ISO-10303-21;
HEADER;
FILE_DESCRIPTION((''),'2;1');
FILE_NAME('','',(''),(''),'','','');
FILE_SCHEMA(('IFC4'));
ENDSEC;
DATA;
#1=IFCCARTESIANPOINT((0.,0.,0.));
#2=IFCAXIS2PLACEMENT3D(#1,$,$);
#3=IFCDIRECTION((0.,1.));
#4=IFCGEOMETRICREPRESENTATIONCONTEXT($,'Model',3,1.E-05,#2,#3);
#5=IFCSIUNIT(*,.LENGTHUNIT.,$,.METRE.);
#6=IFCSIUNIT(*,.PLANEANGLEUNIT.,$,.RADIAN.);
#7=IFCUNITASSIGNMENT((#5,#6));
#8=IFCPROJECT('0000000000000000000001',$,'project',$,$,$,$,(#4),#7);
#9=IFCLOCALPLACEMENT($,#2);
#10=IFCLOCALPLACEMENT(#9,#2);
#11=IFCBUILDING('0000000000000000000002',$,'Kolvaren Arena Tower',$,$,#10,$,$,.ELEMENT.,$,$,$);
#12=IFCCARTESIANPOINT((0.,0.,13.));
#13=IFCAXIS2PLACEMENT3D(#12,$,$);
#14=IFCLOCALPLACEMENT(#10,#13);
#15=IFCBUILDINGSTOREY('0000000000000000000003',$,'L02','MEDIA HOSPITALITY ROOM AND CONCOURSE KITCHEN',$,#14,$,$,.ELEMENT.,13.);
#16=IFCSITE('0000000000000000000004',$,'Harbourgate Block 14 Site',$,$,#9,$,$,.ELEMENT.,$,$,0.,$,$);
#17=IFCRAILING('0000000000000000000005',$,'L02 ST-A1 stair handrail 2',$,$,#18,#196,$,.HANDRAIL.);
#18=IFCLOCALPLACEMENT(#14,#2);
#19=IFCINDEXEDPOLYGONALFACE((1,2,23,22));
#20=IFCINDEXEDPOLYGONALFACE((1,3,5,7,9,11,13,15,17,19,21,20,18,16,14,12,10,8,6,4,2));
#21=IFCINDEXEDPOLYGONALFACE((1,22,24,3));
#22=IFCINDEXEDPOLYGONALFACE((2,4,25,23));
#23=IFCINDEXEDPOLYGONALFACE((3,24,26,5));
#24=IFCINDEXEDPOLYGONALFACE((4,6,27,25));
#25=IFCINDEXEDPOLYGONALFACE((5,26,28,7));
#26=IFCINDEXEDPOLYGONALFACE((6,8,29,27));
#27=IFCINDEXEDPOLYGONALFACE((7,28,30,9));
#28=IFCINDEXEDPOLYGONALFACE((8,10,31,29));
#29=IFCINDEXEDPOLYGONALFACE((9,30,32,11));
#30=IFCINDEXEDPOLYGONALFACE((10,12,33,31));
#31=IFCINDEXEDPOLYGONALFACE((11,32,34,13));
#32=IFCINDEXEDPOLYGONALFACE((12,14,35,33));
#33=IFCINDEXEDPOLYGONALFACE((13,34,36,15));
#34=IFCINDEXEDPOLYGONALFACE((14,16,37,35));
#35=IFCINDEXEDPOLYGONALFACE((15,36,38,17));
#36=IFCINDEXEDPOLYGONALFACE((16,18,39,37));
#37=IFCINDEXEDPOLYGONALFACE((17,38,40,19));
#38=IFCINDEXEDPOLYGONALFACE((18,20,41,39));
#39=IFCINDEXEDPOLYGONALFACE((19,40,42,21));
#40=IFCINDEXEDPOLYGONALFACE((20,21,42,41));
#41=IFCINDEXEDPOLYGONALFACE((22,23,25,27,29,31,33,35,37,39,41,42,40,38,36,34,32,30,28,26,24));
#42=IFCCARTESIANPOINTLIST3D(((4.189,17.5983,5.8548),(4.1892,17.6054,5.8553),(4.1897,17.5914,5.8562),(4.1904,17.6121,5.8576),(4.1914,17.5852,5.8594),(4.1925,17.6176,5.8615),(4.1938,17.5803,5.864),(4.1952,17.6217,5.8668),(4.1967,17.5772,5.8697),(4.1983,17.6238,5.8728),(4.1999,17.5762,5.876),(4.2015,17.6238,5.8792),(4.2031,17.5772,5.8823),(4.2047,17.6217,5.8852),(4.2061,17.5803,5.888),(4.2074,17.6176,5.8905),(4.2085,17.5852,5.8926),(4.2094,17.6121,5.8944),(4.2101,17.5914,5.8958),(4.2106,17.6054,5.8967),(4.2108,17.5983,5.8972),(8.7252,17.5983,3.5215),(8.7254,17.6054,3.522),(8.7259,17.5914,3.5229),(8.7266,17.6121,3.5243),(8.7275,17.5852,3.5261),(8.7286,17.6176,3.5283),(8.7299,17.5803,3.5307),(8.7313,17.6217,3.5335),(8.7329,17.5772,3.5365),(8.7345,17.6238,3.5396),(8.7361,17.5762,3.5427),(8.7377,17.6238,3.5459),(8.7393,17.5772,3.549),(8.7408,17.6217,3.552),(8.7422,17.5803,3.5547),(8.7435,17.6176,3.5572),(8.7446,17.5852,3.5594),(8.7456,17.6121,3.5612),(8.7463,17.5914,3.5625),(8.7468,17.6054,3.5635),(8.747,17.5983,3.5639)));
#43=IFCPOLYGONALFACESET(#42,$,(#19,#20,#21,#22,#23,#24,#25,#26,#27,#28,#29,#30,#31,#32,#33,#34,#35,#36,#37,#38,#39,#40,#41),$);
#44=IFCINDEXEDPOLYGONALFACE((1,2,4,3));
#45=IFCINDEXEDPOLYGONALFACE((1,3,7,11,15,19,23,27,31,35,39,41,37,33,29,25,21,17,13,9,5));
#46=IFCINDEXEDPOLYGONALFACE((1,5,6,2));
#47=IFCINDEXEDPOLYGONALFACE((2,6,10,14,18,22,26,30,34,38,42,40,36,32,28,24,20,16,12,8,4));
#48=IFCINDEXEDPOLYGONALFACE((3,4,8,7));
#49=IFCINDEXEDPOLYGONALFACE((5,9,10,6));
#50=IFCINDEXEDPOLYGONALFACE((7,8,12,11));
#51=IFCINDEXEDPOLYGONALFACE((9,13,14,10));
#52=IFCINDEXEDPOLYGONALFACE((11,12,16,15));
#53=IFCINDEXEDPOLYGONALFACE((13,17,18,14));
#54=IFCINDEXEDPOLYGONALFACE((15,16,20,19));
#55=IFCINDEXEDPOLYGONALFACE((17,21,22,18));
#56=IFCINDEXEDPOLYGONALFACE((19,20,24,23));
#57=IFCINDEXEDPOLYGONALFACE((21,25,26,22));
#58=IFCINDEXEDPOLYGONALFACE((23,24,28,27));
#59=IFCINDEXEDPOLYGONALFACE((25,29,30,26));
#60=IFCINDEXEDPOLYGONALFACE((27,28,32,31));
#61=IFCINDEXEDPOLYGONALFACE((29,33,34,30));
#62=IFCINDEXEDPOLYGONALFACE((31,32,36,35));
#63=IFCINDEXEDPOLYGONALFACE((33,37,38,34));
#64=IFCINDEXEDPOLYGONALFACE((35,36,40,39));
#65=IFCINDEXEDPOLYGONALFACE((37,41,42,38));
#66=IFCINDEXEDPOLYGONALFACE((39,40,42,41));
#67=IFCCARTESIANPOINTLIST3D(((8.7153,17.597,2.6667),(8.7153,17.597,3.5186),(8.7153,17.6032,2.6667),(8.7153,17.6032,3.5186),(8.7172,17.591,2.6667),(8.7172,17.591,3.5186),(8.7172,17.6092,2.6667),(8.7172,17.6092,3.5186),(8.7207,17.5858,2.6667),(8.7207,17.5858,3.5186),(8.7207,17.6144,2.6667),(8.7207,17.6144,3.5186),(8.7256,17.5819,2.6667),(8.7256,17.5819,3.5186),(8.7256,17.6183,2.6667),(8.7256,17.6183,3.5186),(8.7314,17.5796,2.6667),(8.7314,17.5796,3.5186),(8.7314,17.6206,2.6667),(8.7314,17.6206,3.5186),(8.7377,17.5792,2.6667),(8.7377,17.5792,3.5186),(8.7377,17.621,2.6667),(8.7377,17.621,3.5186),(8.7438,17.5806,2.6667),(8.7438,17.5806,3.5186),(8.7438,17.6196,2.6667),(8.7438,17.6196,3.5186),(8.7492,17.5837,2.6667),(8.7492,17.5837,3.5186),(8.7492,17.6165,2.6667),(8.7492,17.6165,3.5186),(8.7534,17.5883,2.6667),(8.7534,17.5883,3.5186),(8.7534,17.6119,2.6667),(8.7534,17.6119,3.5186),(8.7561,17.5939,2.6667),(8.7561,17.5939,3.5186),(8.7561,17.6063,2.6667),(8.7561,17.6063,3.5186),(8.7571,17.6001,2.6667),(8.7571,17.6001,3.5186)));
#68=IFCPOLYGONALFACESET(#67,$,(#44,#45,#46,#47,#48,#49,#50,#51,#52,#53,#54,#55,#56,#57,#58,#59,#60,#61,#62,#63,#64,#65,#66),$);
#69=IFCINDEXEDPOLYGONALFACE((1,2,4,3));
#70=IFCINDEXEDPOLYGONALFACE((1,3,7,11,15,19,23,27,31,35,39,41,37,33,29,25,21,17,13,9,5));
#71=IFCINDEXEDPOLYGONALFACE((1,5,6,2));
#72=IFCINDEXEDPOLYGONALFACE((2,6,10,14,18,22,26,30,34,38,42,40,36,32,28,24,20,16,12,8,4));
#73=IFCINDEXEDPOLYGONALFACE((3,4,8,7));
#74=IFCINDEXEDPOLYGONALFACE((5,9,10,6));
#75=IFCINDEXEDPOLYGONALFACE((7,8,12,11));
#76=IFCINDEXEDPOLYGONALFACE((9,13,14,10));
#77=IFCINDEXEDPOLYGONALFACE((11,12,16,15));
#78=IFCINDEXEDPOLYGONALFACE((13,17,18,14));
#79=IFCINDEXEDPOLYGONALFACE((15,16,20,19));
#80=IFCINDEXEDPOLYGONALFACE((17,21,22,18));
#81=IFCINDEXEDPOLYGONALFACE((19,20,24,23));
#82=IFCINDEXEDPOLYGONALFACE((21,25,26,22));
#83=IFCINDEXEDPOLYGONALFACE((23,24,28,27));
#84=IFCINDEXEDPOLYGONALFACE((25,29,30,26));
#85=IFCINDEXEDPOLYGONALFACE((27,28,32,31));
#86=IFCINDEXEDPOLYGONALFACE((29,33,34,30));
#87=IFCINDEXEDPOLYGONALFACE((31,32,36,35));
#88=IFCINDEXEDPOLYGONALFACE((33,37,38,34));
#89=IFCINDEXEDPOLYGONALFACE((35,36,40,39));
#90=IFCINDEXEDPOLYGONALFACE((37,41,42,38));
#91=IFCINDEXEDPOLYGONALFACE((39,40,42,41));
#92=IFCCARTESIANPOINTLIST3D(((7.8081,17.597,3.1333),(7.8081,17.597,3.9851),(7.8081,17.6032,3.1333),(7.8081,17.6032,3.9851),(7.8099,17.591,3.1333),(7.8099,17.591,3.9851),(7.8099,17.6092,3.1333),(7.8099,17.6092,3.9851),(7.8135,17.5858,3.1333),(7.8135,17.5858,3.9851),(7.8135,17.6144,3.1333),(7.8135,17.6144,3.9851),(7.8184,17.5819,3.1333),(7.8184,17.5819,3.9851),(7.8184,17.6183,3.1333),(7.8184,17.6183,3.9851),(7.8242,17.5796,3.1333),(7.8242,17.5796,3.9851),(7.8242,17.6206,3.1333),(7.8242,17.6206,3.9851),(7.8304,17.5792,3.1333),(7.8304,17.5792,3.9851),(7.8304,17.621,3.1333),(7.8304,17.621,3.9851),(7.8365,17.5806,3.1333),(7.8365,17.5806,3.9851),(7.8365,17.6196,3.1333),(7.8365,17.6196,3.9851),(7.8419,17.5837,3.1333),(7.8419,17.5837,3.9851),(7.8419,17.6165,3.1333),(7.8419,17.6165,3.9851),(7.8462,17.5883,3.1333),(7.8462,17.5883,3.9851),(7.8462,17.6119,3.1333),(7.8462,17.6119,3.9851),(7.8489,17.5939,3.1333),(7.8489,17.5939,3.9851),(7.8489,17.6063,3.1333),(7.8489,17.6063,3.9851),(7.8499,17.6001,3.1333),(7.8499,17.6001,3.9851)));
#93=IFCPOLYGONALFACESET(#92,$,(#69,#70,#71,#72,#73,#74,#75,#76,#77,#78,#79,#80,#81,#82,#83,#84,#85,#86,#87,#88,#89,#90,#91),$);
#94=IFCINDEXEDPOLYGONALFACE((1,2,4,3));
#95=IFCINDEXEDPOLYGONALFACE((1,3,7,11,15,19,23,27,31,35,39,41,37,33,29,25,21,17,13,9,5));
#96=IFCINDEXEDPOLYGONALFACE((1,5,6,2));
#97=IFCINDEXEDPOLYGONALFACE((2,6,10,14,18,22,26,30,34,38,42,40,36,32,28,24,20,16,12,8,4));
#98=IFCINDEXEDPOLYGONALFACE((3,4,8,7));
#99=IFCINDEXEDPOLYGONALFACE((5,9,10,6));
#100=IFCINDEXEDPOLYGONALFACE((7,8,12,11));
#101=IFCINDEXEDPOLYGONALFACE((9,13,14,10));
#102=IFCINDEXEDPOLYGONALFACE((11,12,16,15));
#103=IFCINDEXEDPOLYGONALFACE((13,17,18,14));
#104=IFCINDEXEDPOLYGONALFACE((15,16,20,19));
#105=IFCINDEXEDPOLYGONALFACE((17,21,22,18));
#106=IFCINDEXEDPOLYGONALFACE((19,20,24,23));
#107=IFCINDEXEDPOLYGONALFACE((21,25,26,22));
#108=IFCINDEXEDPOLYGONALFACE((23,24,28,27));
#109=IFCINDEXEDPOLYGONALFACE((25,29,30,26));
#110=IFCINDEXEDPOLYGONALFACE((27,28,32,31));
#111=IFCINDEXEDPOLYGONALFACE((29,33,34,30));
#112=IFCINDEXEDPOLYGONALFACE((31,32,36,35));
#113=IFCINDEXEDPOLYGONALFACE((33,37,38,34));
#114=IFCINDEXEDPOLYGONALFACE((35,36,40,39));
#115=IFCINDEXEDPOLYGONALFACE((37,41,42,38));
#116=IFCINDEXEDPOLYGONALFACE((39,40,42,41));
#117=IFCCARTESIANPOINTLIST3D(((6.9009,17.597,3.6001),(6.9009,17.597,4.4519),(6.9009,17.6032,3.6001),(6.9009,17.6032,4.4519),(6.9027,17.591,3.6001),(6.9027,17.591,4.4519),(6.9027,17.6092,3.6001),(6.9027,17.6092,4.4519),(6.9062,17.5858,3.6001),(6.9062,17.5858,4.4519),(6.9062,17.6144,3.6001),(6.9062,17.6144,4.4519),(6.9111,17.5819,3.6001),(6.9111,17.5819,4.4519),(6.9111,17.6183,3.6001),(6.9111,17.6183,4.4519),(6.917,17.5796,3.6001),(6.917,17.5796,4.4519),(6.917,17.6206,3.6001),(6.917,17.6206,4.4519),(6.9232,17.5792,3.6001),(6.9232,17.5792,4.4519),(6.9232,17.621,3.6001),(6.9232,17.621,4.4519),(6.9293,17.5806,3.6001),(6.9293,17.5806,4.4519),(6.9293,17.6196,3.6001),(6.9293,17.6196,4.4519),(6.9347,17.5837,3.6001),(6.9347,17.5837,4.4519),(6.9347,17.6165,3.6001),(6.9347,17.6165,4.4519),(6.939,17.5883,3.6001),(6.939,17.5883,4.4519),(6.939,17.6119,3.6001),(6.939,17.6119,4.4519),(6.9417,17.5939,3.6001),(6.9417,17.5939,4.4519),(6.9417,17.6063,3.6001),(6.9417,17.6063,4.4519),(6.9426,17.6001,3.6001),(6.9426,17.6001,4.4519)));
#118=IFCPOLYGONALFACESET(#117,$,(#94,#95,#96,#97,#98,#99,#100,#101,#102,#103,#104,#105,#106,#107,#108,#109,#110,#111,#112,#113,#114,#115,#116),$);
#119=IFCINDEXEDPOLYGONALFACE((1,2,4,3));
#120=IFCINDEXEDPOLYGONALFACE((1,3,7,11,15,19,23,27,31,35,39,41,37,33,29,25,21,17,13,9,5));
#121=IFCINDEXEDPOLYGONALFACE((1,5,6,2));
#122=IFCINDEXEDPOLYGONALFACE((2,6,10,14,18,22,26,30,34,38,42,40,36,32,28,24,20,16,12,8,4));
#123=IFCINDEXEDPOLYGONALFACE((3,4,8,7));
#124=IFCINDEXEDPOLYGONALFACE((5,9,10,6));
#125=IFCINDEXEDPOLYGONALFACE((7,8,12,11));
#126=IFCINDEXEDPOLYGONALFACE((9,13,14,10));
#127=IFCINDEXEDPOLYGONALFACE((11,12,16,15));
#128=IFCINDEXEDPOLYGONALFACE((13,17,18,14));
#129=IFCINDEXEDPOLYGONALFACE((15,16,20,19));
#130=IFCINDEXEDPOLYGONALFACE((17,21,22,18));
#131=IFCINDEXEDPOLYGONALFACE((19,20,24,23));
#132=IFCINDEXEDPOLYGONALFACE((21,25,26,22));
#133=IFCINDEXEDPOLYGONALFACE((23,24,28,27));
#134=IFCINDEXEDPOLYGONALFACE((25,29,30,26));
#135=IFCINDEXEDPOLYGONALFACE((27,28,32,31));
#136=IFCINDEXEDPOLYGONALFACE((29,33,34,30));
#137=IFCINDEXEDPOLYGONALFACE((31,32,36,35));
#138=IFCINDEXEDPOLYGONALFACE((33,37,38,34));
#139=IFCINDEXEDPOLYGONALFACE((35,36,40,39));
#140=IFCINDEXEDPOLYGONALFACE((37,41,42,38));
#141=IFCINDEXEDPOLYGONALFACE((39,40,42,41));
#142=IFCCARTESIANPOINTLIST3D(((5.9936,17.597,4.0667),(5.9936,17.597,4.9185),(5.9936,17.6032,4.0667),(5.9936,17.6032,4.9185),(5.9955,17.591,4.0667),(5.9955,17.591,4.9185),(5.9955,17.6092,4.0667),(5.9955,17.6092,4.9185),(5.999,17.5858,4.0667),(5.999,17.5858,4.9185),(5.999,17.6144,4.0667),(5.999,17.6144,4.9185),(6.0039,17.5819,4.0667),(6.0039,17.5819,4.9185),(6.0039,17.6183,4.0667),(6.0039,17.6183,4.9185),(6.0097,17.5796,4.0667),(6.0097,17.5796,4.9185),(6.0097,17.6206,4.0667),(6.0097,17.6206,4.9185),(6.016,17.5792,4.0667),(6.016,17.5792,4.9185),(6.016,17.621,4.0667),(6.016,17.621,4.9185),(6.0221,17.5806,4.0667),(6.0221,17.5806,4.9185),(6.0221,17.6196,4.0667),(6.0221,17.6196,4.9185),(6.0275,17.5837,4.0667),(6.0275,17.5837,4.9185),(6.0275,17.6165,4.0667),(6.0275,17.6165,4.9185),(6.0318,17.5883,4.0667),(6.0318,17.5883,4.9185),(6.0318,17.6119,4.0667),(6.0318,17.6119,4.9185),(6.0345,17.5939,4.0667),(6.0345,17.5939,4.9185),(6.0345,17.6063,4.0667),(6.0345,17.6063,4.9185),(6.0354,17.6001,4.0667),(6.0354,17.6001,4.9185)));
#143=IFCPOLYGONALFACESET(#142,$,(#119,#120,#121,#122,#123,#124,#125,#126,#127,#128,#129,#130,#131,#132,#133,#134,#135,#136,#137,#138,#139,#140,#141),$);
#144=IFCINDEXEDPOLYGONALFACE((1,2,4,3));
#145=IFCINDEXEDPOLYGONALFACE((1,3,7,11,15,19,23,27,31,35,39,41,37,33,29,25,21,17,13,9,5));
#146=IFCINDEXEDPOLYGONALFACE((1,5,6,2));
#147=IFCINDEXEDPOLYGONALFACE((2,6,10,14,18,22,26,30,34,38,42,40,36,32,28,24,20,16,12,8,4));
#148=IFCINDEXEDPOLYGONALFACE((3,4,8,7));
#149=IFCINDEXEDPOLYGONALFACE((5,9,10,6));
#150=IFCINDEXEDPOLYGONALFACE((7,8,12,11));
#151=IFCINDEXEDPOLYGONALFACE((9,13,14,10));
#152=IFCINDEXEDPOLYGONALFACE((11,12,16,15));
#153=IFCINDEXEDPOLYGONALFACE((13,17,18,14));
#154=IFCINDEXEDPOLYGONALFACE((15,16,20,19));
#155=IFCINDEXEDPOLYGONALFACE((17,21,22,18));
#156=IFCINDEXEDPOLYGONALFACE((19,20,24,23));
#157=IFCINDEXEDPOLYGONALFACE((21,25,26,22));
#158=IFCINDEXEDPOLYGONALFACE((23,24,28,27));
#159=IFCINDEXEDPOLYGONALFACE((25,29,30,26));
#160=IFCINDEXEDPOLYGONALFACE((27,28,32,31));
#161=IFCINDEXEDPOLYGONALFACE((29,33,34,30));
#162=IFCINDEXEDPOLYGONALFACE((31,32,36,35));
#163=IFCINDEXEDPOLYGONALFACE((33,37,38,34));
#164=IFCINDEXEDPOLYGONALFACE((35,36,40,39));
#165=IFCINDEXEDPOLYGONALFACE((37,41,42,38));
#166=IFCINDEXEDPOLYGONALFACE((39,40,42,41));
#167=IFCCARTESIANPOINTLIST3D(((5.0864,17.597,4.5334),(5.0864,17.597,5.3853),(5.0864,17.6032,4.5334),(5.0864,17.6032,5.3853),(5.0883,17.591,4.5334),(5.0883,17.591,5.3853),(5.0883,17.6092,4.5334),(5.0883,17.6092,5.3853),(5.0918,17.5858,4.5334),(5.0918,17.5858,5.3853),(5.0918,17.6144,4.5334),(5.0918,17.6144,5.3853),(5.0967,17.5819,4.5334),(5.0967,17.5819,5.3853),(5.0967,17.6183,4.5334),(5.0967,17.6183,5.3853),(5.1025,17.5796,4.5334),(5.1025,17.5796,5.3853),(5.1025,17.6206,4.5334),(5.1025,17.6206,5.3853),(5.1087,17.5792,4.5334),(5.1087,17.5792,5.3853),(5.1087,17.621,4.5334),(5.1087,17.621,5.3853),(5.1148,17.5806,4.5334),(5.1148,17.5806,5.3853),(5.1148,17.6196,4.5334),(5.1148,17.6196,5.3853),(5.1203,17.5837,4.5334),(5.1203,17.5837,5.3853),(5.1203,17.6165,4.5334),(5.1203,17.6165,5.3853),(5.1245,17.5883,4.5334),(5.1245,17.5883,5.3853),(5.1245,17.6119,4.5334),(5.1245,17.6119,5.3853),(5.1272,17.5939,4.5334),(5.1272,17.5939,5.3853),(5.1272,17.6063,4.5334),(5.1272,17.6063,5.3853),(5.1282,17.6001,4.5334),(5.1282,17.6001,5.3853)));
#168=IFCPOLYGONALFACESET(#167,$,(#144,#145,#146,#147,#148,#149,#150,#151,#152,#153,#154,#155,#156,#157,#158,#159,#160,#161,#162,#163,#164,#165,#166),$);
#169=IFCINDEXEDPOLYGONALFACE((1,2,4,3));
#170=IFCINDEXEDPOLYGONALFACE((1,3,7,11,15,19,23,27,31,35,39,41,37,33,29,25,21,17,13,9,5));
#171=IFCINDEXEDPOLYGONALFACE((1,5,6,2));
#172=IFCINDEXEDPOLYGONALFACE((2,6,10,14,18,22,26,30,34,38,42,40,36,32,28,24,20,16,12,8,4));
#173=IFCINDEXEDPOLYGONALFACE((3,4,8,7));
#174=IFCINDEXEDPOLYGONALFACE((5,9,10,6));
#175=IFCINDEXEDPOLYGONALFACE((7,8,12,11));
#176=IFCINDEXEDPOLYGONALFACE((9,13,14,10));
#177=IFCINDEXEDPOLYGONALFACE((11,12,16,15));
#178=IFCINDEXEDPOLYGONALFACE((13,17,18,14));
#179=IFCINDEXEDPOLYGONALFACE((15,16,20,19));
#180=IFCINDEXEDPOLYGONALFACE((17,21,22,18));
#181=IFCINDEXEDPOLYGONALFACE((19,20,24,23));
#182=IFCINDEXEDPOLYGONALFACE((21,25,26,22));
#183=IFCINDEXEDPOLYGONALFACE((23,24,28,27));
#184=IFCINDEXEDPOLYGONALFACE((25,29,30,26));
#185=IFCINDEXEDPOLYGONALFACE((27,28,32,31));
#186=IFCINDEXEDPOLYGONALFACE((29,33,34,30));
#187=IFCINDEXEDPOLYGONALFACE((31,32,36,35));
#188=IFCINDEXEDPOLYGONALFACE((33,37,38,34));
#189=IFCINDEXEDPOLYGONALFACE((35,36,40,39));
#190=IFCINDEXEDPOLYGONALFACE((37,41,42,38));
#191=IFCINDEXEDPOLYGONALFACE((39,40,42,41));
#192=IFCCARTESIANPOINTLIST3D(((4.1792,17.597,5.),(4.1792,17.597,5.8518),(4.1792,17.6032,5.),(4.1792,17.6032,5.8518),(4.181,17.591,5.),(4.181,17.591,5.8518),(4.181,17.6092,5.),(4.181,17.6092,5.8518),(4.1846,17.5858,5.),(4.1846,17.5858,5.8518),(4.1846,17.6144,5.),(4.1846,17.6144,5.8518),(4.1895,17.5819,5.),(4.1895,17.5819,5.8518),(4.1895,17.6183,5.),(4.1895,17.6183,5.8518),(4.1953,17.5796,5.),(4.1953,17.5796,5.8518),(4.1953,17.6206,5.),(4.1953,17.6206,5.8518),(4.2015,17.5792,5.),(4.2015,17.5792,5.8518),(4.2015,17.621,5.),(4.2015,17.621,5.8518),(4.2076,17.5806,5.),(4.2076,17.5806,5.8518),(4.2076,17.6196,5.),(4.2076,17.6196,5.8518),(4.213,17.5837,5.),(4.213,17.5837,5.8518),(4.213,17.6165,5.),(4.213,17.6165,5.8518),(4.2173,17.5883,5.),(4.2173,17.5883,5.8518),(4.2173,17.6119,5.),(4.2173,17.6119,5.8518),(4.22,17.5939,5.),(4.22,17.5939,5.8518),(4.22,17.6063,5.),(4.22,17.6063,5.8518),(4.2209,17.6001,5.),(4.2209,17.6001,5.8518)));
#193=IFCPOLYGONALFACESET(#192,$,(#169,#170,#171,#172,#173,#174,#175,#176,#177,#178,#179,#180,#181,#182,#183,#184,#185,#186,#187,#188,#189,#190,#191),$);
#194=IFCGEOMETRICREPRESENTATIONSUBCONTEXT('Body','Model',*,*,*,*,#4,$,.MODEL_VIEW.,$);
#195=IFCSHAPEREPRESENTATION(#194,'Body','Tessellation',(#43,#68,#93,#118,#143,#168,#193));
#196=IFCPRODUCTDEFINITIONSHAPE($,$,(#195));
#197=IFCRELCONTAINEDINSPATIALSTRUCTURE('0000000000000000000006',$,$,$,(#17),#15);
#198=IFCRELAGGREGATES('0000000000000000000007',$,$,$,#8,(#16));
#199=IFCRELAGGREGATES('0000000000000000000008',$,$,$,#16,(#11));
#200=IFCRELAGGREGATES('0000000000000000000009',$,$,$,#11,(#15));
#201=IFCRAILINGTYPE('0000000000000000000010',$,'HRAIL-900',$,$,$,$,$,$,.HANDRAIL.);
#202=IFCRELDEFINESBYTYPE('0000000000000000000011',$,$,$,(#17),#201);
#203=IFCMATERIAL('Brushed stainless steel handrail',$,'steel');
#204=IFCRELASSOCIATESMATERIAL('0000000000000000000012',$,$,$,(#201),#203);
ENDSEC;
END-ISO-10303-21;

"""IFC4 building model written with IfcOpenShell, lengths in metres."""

from ifc_helpers import new_model, si_unit, direction, frame, origin, origin_2d, place, context, subcontext, project, spatial, circle, extrude, material, type_object, element, save


model = new_model("IFC4")

# Units and contexts
model_context = context("Model", 3, precision=1e-05, world=origin(), true_north=direction((0.0, 1.0)))
body_context = subcontext(model_context, "Body", "Model", "MODEL_VIEW")
ifc_project = project(units=[si_unit("LENGTHUNIT", "METRE"), si_unit("PLANEANGLEUNIT", "RADIAN")], contexts=[model_context])

# Site, building, storey
site_placement = place(None, origin())
site = spatial("IfcSite", under=ifc_project, at=site_placement, Name="Harbourgate Block 14 Site", CompositionType="ELEMENT", RefElevation=0.0)
building_placement = place(site_placement, origin())
building = spatial("IfcBuilding", under=site, at=building_placement, Name="Kolvaren Arena Tower", CompositionType="ELEMENT")
storey_placement = place(building_placement, frame((0.0, 0.0, 13.0)))
storey = spatial("IfcBuildingStorey", under=building, at=storey_placement, Name="L02", Description="MEDIA HOSPITALITY ROOM AND CONCOURSE KITCHEN", CompositionType="ELEMENT", Elevation=13.0)

# Railing
ifc_material_1 = material(Name="Brushed stainless steel handrail", Category="steel")
railing_type_1 = type_object("IfcRailingType", Name="HRAIL-900", PredefinedType="HANDRAIL", material=ifc_material_1)
railing_1_placement = place(storey_placement, frame((8.7361, 17.6001, 2.6667)))
element("IfcRailing", 1, at=railing_1_placement, inside=storey, type_object=railing_type_1, Name="L02 ST-A1 stair handrail 2", PredefinedType="HANDRAIL", context=body_context, shape_type="SweptSolid", body=[
    extrude(circle(Radius=0.0239, at=origin_2d()), frame((0.0, 0.0, 0.876), z_axis=(-0.889257, 0.0, 0.457407), x_axis=(0.0, -1.0, 0.0)), (0.0, 0.0, 1.0), 5.1011),
    extrude(circle(Radius=0.021, at=origin_2d()), origin(), (0.0, 0.0, 1.0), 0.8518),
    extrude(circle(Radius=0.021, at=origin_2d()), frame((-0.9072, 0.0, 0.4666)), (0.0, 0.0, 1.0), 0.8518),
    extrude(circle(Radius=0.021, at=origin_2d()), frame((-1.8145, 0.0, 0.9333)), (0.0, 0.0, 1.0), 0.8518),
    extrude(circle(Radius=0.021, at=origin_2d()), frame((-2.7217, 0.0, 1.3999)), (0.0, 0.0, 1.0), 0.8518),
    extrude(circle(Radius=0.021, at=origin_2d()), frame((-3.6289, 0.0, 1.8667)), (0.0, 0.0, 1.0), 0.8518),
    extrude(circle(Radius=0.021, at=origin_2d()), frame((-4.5361, 0.0, 2.3333)), (0.0, 0.0, 1.0), 0.8518),
])

save(model, "model.ifc")
